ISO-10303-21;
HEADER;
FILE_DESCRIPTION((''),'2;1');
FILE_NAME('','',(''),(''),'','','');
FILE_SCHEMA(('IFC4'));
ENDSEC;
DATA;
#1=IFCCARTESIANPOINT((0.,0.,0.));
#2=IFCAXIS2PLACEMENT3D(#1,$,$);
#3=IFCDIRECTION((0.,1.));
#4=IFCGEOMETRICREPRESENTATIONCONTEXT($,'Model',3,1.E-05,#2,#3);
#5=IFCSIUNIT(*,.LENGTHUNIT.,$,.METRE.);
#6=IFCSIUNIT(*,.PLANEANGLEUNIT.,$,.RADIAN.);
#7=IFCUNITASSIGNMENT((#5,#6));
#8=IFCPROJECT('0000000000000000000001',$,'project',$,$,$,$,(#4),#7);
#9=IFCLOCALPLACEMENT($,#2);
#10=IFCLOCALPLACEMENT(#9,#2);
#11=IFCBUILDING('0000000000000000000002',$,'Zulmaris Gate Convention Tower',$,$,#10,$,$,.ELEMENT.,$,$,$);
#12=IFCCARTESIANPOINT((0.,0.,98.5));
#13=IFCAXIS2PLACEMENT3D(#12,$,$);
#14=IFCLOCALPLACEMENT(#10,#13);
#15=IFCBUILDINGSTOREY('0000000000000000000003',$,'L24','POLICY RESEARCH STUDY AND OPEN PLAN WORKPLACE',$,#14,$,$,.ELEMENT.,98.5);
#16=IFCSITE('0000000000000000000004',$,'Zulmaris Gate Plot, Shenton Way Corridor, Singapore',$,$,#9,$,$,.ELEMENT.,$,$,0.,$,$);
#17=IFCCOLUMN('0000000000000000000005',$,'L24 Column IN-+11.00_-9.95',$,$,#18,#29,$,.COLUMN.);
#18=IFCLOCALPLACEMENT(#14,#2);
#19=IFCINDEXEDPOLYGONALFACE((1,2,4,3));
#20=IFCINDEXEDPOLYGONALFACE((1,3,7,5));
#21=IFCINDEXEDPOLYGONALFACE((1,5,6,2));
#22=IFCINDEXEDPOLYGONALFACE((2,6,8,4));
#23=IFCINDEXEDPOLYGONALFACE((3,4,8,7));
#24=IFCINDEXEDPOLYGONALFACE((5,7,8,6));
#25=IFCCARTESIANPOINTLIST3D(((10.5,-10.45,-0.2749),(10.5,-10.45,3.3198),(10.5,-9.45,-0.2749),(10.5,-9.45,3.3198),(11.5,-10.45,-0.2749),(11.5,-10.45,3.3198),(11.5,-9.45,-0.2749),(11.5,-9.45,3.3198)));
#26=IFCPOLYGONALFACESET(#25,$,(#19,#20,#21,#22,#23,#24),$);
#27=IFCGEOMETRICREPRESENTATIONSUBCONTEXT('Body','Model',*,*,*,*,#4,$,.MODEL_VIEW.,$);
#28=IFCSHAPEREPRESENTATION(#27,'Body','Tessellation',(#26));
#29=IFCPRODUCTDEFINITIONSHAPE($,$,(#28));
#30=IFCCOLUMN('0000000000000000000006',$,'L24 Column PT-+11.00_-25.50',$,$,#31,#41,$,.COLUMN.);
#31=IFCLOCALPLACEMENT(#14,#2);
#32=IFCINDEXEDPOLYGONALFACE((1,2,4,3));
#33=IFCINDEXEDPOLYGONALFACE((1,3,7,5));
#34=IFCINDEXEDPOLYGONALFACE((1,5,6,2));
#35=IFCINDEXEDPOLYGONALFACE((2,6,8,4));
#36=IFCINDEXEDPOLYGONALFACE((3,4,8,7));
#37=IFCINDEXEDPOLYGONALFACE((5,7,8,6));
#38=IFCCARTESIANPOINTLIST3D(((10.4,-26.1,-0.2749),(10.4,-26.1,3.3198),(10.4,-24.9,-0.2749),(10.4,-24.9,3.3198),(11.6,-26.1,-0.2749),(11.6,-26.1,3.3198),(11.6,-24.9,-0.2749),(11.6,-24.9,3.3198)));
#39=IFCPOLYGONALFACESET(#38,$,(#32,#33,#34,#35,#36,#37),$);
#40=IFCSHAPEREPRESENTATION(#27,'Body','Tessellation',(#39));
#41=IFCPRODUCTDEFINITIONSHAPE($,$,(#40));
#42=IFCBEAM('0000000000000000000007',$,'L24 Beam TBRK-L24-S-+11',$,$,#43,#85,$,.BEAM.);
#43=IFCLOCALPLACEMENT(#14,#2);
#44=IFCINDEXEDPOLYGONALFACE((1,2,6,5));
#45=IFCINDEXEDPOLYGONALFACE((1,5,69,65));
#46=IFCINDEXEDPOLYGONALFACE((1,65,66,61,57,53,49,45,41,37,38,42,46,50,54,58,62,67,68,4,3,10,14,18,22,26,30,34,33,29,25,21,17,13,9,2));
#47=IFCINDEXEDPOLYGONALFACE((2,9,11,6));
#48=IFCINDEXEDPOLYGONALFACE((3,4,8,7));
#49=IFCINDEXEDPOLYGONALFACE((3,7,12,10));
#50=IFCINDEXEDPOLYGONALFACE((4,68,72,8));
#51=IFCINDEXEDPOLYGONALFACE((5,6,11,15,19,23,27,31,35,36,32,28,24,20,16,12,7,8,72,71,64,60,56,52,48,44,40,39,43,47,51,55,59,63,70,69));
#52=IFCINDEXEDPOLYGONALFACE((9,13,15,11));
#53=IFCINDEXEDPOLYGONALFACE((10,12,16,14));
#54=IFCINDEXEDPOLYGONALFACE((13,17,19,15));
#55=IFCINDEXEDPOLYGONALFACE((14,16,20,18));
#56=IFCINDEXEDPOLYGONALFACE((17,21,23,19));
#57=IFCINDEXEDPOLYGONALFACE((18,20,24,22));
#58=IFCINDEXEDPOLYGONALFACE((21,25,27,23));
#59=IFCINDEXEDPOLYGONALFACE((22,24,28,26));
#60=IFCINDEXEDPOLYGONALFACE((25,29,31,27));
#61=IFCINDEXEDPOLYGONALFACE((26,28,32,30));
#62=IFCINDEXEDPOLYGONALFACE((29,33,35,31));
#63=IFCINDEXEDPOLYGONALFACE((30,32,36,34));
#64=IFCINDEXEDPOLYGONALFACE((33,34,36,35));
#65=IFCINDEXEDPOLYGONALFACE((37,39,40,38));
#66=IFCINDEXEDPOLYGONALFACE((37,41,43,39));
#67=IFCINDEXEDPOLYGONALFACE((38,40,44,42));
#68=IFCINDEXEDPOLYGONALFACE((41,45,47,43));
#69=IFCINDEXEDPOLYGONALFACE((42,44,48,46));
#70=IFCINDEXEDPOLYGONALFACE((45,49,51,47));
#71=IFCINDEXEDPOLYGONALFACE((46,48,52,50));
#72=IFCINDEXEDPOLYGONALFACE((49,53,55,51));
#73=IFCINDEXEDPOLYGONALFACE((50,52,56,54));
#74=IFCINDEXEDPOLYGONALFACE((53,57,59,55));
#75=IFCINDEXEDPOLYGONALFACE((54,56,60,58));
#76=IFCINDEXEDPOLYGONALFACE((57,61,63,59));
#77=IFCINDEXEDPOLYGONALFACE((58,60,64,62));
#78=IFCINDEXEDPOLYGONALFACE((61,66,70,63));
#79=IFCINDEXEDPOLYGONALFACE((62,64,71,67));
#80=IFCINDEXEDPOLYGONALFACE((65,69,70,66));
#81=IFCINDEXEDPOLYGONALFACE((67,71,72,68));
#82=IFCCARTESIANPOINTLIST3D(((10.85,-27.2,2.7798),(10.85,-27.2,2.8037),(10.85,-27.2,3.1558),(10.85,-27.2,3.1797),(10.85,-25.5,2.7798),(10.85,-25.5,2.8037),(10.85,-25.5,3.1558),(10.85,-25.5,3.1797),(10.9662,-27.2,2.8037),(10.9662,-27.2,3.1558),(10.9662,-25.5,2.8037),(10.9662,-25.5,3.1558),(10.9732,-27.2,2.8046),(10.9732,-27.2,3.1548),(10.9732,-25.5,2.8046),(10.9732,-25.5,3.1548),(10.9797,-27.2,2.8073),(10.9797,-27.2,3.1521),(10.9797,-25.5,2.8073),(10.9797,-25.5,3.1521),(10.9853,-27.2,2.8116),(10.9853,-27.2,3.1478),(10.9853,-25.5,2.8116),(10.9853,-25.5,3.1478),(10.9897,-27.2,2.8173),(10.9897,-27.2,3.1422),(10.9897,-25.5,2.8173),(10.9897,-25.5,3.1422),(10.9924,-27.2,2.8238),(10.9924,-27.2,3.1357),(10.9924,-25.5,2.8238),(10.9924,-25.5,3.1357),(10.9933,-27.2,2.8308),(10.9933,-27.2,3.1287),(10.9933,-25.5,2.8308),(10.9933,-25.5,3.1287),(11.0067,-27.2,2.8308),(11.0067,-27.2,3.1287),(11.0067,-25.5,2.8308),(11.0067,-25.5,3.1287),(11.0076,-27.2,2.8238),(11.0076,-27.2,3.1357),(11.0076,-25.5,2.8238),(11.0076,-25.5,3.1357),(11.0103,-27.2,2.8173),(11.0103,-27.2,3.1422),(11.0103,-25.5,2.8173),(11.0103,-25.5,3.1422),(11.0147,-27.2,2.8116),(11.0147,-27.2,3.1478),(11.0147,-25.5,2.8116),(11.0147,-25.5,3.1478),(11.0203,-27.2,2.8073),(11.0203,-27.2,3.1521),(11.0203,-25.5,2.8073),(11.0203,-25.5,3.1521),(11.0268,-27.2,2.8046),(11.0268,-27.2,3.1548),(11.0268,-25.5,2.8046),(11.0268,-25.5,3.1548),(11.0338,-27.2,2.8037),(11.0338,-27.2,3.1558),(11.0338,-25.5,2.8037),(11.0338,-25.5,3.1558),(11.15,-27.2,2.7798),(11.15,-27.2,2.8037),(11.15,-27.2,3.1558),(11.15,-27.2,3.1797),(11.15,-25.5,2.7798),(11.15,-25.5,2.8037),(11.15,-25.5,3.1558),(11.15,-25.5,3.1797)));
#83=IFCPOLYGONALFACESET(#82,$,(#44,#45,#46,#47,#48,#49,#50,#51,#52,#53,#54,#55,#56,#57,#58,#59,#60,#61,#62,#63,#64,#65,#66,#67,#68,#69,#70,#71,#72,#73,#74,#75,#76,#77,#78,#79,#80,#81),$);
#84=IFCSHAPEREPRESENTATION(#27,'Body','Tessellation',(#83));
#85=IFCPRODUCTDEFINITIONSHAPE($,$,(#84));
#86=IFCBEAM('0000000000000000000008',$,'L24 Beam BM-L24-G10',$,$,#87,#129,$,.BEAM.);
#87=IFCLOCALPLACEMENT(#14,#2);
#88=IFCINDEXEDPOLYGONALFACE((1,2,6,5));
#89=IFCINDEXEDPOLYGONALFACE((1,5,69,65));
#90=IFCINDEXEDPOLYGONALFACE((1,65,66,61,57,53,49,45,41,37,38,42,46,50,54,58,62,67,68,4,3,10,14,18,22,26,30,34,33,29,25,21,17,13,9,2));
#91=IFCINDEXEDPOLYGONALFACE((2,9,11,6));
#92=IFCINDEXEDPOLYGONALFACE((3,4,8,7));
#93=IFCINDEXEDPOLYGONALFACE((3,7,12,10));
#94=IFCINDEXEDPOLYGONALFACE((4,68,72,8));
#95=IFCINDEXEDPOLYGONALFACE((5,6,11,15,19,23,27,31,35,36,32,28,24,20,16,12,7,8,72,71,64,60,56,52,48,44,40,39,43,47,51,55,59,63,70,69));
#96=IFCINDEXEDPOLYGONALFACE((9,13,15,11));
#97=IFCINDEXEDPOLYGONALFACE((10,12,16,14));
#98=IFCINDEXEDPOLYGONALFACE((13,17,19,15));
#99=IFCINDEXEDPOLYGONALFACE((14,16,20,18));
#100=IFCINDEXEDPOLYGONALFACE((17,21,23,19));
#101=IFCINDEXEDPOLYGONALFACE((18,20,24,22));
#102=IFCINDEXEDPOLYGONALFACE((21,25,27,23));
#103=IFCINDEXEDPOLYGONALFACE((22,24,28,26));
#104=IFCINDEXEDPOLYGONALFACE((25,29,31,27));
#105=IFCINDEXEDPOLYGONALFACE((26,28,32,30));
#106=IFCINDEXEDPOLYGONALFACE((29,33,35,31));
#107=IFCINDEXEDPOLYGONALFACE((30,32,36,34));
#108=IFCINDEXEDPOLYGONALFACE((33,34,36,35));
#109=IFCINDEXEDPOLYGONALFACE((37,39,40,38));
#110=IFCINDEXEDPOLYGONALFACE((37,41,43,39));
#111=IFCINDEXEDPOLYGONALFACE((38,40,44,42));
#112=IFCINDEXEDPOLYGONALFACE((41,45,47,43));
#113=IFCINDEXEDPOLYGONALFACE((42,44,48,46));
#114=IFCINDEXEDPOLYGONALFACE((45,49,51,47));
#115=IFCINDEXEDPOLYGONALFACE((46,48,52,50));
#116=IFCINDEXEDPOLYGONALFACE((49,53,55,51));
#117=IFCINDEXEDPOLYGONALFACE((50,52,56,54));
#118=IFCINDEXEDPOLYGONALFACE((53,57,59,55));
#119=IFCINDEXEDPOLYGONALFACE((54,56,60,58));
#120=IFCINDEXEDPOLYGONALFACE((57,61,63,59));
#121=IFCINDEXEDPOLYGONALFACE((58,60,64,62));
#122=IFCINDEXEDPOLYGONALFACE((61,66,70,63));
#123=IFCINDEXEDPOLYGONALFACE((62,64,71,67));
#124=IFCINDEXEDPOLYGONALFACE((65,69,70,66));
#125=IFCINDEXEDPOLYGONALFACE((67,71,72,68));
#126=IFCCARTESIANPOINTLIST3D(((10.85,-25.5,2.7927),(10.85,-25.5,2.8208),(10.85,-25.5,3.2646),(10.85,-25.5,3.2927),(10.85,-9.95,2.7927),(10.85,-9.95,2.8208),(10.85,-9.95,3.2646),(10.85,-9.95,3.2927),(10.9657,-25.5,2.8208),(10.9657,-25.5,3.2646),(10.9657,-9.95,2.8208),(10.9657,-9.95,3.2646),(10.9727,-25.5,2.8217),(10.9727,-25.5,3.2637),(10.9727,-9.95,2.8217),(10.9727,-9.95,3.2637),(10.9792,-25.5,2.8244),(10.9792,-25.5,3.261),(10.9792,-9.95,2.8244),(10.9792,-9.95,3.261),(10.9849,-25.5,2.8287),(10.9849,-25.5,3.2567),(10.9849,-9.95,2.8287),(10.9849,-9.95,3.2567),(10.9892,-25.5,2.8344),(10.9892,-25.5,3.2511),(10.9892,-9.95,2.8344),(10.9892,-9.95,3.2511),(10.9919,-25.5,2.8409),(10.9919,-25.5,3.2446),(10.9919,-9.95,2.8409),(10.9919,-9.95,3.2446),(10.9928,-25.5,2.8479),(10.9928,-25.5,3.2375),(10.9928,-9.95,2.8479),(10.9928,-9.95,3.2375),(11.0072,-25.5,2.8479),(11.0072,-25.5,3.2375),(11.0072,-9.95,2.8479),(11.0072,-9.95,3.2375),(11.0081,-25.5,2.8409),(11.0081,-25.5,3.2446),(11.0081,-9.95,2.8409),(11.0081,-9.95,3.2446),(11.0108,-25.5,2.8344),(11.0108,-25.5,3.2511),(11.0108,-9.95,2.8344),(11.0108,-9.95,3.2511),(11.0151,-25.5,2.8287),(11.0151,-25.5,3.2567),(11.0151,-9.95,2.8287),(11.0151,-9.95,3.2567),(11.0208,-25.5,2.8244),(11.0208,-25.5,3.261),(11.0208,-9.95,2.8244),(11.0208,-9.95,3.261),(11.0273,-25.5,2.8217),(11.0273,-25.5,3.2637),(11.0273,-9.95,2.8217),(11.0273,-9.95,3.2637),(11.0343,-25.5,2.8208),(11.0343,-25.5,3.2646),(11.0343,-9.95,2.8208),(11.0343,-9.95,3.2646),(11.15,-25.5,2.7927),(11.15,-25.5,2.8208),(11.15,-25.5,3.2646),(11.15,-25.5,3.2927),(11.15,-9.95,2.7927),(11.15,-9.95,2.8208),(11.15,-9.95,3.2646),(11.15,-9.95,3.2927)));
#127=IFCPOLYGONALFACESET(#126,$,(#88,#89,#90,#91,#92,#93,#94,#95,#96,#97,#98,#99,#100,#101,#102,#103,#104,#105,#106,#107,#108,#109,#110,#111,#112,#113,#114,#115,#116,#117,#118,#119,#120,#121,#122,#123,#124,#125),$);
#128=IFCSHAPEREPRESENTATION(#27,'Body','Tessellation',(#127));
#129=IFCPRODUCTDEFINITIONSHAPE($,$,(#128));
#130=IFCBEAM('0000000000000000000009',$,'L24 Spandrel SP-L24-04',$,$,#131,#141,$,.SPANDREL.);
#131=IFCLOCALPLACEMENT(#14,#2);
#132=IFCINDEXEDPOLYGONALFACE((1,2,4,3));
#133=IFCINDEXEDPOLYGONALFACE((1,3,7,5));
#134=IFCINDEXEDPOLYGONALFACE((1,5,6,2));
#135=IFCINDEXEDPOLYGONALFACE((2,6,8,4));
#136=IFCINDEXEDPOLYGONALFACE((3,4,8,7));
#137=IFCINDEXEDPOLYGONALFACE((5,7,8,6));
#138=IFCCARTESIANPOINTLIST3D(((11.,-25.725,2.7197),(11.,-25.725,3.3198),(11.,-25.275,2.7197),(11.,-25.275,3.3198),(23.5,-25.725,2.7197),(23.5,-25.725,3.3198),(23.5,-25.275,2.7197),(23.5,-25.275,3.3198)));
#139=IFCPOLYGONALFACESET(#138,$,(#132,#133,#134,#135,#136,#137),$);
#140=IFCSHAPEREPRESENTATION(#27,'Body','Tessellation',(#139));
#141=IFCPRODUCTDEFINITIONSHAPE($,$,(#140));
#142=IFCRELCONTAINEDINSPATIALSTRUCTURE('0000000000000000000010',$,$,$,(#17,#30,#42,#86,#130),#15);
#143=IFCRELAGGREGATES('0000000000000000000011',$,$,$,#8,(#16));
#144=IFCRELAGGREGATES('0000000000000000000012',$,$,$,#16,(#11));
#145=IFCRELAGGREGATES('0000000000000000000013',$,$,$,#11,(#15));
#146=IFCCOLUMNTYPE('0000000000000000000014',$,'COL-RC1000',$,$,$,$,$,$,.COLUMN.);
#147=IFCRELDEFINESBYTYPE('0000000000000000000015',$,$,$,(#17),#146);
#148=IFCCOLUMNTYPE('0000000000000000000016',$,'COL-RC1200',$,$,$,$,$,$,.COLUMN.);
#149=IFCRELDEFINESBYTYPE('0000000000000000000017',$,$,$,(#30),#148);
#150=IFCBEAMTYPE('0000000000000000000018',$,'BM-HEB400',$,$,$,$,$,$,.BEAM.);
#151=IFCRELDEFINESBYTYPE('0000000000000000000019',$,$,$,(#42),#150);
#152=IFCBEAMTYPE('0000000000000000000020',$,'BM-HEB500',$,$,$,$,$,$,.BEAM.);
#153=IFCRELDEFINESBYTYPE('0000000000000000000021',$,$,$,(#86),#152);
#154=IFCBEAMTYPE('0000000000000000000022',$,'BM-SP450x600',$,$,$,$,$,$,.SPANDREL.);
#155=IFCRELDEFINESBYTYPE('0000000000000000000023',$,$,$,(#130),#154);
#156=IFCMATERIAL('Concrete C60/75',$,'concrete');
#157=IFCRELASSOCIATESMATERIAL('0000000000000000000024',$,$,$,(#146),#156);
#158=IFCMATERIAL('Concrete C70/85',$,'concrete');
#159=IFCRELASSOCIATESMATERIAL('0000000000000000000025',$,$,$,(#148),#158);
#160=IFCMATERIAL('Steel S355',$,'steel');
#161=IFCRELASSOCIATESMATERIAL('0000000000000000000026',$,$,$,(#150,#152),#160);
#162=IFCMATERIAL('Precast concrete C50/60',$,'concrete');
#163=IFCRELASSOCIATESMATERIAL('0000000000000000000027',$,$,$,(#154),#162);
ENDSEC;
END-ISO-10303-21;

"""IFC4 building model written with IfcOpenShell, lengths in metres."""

from ifc_helpers import new_model, si_unit, direction, frame, origin, origin_2d, place, context, subcontext, project, spatial, rectangle, i_section, extrude, material, material_profile, profile_set, type_object, element, save


model = new_model("IFC4")

# Units and contexts
model_context = context("Model", 3, precision=1e-05, world=origin(), true_north=direction((0.0, 1.0)))
body_context = subcontext(model_context, "Body", "Model", "MODEL_VIEW")
ifc_project = project(units=[si_unit("LENGTHUNIT", "METRE"), si_unit("PLANEANGLEUNIT", "RADIAN")], contexts=[model_context])

# Site, building, storey
site_placement = place(None, origin())
site = spatial("IfcSite", under=ifc_project, at=site_placement, Name="Zulmaris Gate Plot, Shenton Way Corridor, Singapore", CompositionType="ELEMENT", RefElevation=0.0)
building_placement = place(site_placement, origin())
building = spatial("IfcBuilding", under=site, at=building_placement, Name="Zulmaris Gate Convention Tower", CompositionType="ELEMENT")
storey_placement = place(building_placement, frame((0.0, 0.0, 98.5)))
storey = spatial("IfcBuildingStorey", under=building, at=storey_placement, Name="L24", Description="POLICY RESEARCH STUDY AND OPEN PLAN WORKPLACE", CompositionType="ELEMENT", Elevation=98.5)

# Columns
ifc_material_1 = material(Name="Concrete C60/75", Category="concrete")
ifc_material_profile_1 = material_profile(ifc_material_1, rectangle(XDim=1.0, YDim=1.0, at=origin_2d()), Name="RC COL 1000x1000")
ifc_profile_set_1 = profile_set([ifc_material_profile_1], Name="Concrete C60/75")
column_type_1 = type_object("IfcColumnType", Name="COL-RC1000", PredefinedType="COLUMN", material=ifc_profile_set_1)
column_1_placement = place(storey_placement, frame((11.0, -9.95, -0.2749), z_axis=(0.0, 0.0, 1.0), x_axis=(1.0, 0.0, 0.0)))
element("IfcColumn", 1, at=column_1_placement, inside=storey, type_object=column_type_1, Name="L24 Column IN-+11.00_-9.95", PredefinedType="COLUMN", context=body_context, shape_type="SweptSolid", body=[
    extrude(rectangle(XDim=1.0, YDim=1.0, at=origin_2d()), origin(), (0.0, 0.0, 1.0), 3.5947),
])
ifc_material_2 = material(Name="Concrete C70/85", Category="concrete")
ifc_material_profile_2 = material_profile(ifc_material_2, rectangle(XDim=1.2, YDim=1.2, at=origin_2d()), Name="RC COL 1200x1200")
ifc_profile_set_2 = profile_set([ifc_material_profile_2], Name="Concrete C70/85")
column_type_2 = type_object("IfcColumnType", Name="COL-RC1200", PredefinedType="COLUMN", material=ifc_profile_set_2)
column_2_placement = place(storey_placement, frame((11.0, -25.5, -0.2749), z_axis=(0.0, 0.0, 1.0), x_axis=(1.0, 0.0, 0.0)))
element("IfcColumn", 2, at=column_2_placement, inside=storey, type_object=column_type_2, Name="L24 Column PT-+11.00_-25.50", PredefinedType="COLUMN", context=body_context, shape_type="SweptSolid", body=[
    extrude(rectangle(XDim=1.2, YDim=1.2, at=origin_2d()), origin(), (0.0, 0.0, 1.0), 3.5947),
])

# Beams
ifc_material_3 = material(Name="Steel S355", Category="steel")
ifc_material_profile_3 = material_profile(ifc_material_3, i_section(OverallWidth=0.3, OverallDepth=0.3999, WebThickness=0.0134, FlangeThickness=0.0239, FilletRadius=0.0271, at=origin_2d()), Name="HEB 400")
ifc_profile_set_3 = profile_set([ifc_material_profile_3], Name="Steel S355")
beam_type_1 = type_object("IfcBeamType", Name="BM-HEB400", PredefinedType="BEAM", material=ifc_profile_set_3)
beam_1_placement = place(storey_placement, frame((11.0, -27.2, 2.9797), z_axis=(0.0, 1.0, 0.0), x_axis=(-1.0, 0.0, 0.0)))
element("IfcBeam", 3, at=beam_1_placement, inside=storey, type_object=beam_type_1, Name="L24 Beam TBRK-L24-S-+11", PredefinedType="BEAM", context=body_context, shape_type="SweptSolid", body=[
    extrude(i_section(OverallWidth=0.3, OverallDepth=0.3999, WebThickness=0.0134, FlangeThickness=0.0239, FilletRadius=0.0271, at=origin_2d()), origin(), (0.0, 0.0, 1.0), 1.7),
])
ifc_material_profile_4 = material_profile(ifc_material_3, i_section(OverallWidth=0.3, OverallDepth=0.5, WebThickness=0.0144, FlangeThickness=0.0281, FilletRadius=0.0271, at=origin_2d()), Name="HEB 500")
ifc_profile_set_4 = profile_set([ifc_material_profile_4], Name="Steel S355")
beam_type_2 = type_object("IfcBeamType", Name="BM-HEB500", PredefinedType="BEAM", material=ifc_profile_set_4)
beam_2_placement = place(storey_placement, frame((11.0, -25.5, 3.0427), z_axis=(0.0, 1.0, 0.0), x_axis=(-1.0, 0.0, 0.0)))
element("IfcBeam", 4, at=beam_2_placement, inside=storey, type_object=beam_type_2, Name="L24 Beam BM-L24-G10", PredefinedType="BEAM", context=body_context, shape_type="SweptSolid", body=[
    extrude(i_section(OverallWidth=0.3, OverallDepth=0.5, WebThickness=0.0144, FlangeThickness=0.0281, FilletRadius=0.0271, at=origin_2d()), origin(), (0.0, 0.0, 1.0), 15.55),
])
ifc_material_4 = material(Name="Precast concrete C50/60", Category="concrete")
ifc_material_profile_5 = material_profile(ifc_material_4, rectangle(XDim=0.45, YDim=0.6001, at=origin_2d()), Name="RC SPANDREL 450x600")
ifc_profile_set_5 = profile_set([ifc_material_profile_5], Name="Precast concrete C50/60")
beam_type_3 = type_object("IfcBeamType", Name="BM-SP450x600", PredefinedType="SPANDREL", material=ifc_profile_set_5)
beam_3_placement = place(storey_placement, frame((11.0, -25.5, 3.0198), z_axis=(1.0, 0.0, 0.0), x_axis=(0.0, 1.0, 0.0)))
element("IfcBeam", 5, at=beam_3_placement, inside=storey, type_object=beam_type_3, Name="L24 Spandrel SP-L24-04", PredefinedType="SPANDREL", context=body_context, shape_type="SweptSolid", body=[
    extrude(rectangle(XDim=0.45, YDim=0.6001, at=origin_2d()), origin(), (0.0, 0.0, 1.0), 12.5),
])

save(model, "model.ifc")
